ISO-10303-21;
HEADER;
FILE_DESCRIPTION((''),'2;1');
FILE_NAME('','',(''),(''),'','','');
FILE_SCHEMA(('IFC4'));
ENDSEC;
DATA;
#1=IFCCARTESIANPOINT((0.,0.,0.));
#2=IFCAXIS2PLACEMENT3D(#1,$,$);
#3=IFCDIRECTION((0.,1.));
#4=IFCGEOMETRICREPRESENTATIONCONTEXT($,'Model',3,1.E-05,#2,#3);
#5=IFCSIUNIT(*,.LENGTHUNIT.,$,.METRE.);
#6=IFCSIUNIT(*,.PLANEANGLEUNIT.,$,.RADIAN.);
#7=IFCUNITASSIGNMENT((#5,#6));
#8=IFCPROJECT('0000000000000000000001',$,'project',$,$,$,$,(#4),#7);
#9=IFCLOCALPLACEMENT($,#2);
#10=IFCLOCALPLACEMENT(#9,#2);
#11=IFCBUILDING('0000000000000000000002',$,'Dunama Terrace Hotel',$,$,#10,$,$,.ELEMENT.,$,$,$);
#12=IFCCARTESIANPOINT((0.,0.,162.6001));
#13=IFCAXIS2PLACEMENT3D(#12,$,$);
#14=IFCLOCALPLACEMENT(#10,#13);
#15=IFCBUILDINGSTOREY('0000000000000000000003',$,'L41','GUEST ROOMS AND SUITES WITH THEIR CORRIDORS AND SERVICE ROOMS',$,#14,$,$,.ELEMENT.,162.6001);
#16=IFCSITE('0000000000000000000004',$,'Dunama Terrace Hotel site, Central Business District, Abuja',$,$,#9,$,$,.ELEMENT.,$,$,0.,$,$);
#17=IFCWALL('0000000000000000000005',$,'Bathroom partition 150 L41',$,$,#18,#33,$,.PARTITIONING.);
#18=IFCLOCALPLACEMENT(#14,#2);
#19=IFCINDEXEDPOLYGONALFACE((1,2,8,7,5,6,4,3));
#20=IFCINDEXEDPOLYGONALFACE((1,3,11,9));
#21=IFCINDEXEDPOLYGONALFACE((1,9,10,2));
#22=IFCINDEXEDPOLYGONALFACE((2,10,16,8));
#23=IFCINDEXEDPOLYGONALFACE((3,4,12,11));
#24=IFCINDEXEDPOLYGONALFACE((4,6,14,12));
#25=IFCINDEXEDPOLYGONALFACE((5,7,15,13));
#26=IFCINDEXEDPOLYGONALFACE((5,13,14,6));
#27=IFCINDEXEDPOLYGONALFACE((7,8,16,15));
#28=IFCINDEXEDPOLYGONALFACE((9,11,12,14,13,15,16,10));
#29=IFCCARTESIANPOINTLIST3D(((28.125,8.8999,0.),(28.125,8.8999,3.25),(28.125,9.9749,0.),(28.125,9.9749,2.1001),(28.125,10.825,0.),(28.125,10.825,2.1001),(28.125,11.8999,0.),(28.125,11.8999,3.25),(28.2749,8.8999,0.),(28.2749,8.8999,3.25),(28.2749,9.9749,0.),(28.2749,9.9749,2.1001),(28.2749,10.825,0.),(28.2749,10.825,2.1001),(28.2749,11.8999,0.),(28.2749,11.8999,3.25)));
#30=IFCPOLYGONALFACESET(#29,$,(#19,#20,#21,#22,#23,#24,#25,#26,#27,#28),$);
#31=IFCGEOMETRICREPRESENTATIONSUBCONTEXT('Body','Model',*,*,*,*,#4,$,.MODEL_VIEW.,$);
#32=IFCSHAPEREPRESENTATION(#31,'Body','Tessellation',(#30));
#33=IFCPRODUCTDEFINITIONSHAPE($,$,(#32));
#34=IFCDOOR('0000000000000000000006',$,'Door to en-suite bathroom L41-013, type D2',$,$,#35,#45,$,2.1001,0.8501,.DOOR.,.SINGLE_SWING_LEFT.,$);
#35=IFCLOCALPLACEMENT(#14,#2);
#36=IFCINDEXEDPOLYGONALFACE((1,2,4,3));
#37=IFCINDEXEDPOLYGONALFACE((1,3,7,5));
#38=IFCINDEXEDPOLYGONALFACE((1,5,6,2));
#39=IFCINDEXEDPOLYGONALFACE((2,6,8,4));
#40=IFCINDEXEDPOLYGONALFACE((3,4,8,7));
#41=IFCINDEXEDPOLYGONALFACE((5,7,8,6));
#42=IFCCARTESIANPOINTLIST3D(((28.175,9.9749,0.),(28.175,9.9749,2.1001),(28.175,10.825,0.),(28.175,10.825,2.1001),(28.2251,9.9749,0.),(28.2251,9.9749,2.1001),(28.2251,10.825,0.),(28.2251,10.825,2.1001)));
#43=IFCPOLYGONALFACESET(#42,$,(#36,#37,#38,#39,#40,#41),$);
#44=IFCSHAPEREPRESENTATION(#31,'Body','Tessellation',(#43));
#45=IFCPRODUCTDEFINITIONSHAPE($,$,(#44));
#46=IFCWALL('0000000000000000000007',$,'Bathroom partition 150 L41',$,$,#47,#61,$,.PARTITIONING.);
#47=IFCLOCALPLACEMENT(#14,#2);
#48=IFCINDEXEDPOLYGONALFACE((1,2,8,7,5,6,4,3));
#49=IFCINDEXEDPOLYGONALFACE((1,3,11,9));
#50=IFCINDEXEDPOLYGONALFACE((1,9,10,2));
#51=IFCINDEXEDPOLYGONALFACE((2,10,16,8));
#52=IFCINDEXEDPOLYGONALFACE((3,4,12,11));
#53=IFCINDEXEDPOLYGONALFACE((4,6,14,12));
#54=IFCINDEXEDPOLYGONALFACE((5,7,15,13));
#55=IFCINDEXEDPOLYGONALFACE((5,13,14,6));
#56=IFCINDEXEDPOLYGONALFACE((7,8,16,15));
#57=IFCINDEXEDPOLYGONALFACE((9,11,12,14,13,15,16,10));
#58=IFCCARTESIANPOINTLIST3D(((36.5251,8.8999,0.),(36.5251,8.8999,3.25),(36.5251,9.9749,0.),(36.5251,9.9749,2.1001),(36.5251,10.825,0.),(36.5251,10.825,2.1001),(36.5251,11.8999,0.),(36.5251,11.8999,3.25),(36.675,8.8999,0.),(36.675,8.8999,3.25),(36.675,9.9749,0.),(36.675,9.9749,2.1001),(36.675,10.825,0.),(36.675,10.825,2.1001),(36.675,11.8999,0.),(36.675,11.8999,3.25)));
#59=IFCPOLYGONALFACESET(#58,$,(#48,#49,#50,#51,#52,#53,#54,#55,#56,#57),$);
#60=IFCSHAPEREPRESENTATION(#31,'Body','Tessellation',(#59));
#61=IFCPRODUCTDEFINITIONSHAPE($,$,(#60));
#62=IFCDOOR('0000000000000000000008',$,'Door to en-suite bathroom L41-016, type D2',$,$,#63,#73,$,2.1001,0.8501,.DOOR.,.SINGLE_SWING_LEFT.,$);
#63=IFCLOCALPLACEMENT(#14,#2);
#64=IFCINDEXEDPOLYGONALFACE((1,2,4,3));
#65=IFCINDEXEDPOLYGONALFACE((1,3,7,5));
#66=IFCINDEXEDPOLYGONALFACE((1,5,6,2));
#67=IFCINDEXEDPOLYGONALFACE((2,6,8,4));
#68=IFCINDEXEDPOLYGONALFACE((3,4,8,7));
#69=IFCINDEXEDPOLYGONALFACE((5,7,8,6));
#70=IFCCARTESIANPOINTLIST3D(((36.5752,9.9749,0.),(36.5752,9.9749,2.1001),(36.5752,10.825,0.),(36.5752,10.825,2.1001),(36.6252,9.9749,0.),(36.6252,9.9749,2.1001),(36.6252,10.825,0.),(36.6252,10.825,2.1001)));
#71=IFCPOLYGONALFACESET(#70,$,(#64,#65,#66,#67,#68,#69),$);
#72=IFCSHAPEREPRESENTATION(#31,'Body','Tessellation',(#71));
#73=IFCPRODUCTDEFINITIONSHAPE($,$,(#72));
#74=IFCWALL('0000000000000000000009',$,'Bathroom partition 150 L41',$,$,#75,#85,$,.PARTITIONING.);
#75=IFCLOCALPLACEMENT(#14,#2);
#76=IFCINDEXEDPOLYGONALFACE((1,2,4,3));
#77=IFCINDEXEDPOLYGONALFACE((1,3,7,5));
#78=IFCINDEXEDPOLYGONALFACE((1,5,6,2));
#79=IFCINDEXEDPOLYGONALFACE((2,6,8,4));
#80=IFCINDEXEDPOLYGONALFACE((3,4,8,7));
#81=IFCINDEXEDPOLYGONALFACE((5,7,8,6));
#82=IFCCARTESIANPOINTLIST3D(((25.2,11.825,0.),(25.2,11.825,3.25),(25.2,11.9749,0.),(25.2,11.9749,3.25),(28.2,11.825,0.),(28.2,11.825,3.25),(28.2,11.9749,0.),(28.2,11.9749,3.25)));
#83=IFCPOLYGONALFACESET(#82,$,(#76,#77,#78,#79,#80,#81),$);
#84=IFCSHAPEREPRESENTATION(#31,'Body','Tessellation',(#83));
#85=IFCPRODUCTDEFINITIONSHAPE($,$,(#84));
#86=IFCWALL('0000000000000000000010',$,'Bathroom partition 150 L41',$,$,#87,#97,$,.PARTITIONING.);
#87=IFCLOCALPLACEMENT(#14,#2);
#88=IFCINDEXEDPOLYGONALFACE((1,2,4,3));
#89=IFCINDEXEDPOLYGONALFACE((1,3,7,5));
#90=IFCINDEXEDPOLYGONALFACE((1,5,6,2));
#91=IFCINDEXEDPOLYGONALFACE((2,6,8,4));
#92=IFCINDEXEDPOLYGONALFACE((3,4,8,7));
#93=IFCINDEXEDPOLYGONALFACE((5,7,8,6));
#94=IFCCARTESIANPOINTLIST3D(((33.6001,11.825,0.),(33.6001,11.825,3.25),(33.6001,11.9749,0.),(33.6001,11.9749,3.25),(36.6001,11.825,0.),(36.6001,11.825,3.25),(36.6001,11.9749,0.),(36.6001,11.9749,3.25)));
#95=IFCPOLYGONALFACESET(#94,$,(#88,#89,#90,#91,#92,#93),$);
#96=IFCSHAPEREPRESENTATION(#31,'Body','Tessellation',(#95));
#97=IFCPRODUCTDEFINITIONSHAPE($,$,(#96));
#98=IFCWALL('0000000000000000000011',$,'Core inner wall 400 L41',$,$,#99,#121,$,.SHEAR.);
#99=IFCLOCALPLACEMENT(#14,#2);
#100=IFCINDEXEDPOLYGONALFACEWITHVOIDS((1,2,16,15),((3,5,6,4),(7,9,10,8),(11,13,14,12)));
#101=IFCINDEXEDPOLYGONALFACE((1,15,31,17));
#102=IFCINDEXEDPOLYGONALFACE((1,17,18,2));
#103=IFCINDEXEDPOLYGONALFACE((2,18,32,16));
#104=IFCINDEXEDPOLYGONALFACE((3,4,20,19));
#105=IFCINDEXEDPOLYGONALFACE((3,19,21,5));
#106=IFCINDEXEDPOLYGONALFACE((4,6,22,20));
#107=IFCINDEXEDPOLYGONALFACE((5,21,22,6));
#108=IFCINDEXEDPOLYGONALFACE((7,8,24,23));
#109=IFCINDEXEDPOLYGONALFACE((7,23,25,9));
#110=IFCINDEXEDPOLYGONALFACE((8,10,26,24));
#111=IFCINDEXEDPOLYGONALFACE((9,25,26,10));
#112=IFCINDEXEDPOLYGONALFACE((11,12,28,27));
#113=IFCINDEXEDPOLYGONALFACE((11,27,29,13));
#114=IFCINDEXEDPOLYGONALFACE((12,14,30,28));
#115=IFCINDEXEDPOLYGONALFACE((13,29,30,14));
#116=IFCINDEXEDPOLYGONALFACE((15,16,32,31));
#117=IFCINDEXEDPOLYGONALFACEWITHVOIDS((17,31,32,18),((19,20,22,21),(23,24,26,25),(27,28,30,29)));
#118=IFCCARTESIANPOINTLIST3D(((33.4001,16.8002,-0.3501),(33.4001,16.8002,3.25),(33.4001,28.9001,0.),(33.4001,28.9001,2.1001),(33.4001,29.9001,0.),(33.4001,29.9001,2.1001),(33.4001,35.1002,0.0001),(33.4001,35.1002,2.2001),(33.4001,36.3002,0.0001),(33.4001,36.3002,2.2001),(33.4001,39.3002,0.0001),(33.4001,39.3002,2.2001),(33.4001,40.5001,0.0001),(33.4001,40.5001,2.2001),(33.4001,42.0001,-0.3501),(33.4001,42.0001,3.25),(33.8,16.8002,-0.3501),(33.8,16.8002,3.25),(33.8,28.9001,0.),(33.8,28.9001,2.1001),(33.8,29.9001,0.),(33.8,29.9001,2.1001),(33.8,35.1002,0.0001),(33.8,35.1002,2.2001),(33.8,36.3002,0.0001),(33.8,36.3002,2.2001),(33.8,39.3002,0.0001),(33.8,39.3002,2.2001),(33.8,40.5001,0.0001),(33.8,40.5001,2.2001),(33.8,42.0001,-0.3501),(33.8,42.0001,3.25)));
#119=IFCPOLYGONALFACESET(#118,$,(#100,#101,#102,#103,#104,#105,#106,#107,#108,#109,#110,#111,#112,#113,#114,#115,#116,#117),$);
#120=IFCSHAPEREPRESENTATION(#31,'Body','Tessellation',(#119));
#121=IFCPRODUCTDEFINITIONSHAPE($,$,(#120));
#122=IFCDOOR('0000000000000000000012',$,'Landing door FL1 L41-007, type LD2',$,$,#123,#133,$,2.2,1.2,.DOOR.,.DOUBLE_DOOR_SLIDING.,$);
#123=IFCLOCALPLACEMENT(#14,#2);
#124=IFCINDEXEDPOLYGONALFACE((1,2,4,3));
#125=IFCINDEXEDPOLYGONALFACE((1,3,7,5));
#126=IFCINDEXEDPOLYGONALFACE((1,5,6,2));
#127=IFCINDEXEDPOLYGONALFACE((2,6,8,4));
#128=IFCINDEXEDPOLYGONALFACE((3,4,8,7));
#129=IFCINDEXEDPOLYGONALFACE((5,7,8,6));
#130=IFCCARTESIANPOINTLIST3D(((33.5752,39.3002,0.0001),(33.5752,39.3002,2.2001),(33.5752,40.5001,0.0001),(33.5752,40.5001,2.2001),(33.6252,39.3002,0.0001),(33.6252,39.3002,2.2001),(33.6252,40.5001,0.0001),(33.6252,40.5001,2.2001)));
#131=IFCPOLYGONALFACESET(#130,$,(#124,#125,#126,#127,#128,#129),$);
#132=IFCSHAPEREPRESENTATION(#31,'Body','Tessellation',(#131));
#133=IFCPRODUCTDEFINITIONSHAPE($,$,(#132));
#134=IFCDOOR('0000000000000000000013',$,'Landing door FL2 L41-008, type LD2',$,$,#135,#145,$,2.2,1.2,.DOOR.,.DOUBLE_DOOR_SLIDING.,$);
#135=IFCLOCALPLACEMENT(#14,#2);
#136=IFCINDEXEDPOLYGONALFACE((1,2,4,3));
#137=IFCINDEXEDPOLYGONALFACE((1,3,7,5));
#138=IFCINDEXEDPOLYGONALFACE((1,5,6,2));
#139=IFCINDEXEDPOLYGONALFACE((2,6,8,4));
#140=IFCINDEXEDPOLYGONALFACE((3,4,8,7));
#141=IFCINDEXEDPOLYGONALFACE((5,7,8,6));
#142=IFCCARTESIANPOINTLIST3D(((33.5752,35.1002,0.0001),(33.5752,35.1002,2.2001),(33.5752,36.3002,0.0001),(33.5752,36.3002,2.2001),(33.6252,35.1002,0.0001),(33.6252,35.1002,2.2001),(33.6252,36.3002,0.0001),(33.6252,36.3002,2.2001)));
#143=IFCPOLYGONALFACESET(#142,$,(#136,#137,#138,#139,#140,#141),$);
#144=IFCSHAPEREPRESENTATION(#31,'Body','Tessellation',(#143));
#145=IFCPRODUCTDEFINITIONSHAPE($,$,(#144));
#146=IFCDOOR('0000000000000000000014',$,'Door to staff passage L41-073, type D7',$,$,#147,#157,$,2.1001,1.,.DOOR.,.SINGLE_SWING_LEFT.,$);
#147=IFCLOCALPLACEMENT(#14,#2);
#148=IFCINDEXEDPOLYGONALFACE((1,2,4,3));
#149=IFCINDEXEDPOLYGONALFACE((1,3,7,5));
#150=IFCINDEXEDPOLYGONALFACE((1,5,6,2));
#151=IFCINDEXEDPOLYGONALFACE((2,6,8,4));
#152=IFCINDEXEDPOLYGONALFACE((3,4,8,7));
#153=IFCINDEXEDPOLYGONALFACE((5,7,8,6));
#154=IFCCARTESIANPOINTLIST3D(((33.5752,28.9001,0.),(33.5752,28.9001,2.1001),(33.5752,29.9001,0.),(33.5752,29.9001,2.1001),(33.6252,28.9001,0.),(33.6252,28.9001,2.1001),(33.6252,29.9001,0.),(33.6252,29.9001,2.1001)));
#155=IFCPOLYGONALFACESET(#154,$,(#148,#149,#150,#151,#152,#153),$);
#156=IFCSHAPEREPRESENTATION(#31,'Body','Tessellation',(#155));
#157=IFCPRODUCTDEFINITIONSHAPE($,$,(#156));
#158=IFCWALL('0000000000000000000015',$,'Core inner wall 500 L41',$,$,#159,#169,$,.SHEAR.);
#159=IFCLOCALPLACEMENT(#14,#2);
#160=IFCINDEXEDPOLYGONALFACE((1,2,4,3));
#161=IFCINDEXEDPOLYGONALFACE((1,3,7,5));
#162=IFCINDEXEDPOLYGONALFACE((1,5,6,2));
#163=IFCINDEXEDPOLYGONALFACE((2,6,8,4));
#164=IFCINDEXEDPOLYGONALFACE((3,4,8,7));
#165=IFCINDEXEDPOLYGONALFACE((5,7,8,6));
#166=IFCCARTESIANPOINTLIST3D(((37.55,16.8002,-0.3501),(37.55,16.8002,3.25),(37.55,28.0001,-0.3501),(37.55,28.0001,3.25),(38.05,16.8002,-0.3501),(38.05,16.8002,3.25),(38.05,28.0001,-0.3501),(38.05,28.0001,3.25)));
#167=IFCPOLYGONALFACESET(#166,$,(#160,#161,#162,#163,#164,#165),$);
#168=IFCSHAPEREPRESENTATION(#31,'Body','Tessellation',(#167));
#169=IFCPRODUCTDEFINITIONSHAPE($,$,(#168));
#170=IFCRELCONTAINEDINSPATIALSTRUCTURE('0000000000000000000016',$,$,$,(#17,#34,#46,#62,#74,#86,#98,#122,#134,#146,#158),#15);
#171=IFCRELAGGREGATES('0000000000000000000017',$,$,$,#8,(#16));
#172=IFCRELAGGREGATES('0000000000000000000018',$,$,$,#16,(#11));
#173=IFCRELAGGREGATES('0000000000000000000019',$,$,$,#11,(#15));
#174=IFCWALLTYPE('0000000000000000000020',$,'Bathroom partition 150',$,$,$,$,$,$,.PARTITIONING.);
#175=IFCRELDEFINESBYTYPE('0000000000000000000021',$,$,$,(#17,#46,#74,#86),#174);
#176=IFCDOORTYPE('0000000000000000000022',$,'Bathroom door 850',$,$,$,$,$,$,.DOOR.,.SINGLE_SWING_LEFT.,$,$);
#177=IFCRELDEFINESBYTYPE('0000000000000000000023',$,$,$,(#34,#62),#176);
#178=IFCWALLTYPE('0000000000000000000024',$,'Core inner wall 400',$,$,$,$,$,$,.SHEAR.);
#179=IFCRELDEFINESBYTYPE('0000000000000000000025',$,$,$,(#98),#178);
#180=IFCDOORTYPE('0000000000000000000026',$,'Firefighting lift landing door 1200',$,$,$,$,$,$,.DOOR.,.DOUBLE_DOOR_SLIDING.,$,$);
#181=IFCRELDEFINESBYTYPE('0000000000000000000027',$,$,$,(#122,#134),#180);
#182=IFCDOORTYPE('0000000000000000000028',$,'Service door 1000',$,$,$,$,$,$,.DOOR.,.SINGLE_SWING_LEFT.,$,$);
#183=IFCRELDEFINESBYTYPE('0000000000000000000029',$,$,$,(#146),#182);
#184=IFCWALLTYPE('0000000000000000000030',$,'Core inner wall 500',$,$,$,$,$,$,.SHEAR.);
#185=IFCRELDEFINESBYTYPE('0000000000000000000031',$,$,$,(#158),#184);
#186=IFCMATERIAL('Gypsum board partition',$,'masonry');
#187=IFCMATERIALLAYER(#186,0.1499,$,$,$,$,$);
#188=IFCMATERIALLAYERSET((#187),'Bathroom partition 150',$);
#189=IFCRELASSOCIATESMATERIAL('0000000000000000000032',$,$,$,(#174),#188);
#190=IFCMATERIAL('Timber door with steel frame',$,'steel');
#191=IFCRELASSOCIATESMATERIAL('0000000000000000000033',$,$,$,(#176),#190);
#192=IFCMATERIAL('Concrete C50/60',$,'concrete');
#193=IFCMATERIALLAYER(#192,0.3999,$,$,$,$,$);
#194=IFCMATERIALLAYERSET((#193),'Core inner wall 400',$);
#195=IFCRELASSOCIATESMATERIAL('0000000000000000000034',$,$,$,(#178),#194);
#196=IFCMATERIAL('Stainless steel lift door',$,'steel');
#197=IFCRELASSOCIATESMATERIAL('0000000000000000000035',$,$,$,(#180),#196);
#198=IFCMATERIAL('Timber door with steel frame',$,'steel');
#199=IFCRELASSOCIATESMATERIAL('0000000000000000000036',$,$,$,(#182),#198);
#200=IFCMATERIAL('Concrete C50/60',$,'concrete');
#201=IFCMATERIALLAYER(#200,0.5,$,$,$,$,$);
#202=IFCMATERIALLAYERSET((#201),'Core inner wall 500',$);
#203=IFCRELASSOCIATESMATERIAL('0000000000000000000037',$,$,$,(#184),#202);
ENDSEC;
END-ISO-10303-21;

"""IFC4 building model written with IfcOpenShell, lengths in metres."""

from ifc_helpers import new_model, si_unit, direction, frame, frame_2d, origin, place, context, subcontext, project, spatial, rectangle, extrude, material, layer, layer_set, type_object, element, fill, save


model = new_model("IFC4")

# Units and contexts
model_context = context("Model", 3, precision=1e-05, world=origin(), true_north=direction((0.0, 1.0)))
body_context = subcontext(model_context, "Body", "Model", "MODEL_VIEW")
ifc_project = project(units=[si_unit("LENGTHUNIT", "METRE"), si_unit("PLANEANGLEUNIT", "RADIAN")], contexts=[model_context])

# Site, building, storey
site_placement = place(None, origin())
site = spatial("IfcSite", under=ifc_project, at=site_placement, Name="Dunama Terrace Hotel site, Central Business District, Abuja", CompositionType="ELEMENT", RefElevation=0.0)
building_placement = place(site_placement, origin())
building = spatial("IfcBuilding", under=site, at=building_placement, Name="Dunama Terrace Hotel", CompositionType="ELEMENT")
storey_placement = place(building_placement, frame((0.0, 0.0, 162.6001)))
storey = spatial("IfcBuildingStorey", under=building, at=storey_placement, Name="L41", Description="GUEST ROOMS AND SUITES WITH THEIR CORRIDORS AND SERVICE ROOMS", CompositionType="ELEMENT", Elevation=162.6001)

# Walls, openings, doors
ifc_material_1 = material(Name="Gypsum board partition", Category="masonry")
ifc_layer_1 = layer(ifc_material_1, 0.1499)
ifc_layer_set_1 = layer_set([ifc_layer_1], Name="Bathroom partition 150")
wall_type_1 = type_object("IfcWallType", Name="Bathroom partition 150", PredefinedType="PARTITIONING", material=ifc_layer_set_1)
wall_1_placement = place(storey_placement, frame((28.2, 8.8999, 0.0), z_axis=(0.0, 0.0, 1.0), x_axis=(0.0, 1.0, 0.0)))
wall_1 = element("IfcWall", 1, at=wall_1_placement, inside=storey, type_object=wall_type_1, Name="Bathroom partition 150 L41", PredefinedType="PARTITIONING", context=body_context, shape_type="SweptSolid", body=[
    extrude(rectangle(XDim=3.0, YDim=0.1499, at=frame_2d((1.5, 0.0))), origin(), (0.0, 0.0, 1.0), 3.25),
])
opening_1_placement = place(wall_1_placement, frame((1.075, 0.0, 0.0)))
opening_1 = element("IfcOpeningElement", 2, at=opening_1_placement, cuts=wall_1, PredefinedType="OPENING", context=body_context, shape_type="SweptSolid", body=[
    extrude(rectangle(XDim=0.8501, YDim=2.1001, at=frame_2d((0.425, 1.05))), frame((0.0, 0.085, 0.0), z_axis=(0.0, -1.0, 0.0), x_axis=(1.0, 0.0, 0.0)), (0.0, 0.0, 1.0), 0.1699),
])
ifc_material_2 = material(Name="Timber door with steel frame", Category="steel")
door_type_1 = type_object("IfcDoorType", Name="Bathroom door 850", OperationType="SINGLE_SWING_LEFT", PredefinedType="DOOR", material=ifc_material_2)
door_1_placement = place(opening_1_placement, origin())
door_1 = element("IfcDoor", 3, at=door_1_placement, inside=storey, type_object=door_type_1, Name="Door to en-suite bathroom L41-013, type D2", OperationType="SINGLE_SWING_LEFT", OverallHeight=2.1001, OverallWidth=0.8501, PredefinedType="DOOR", context=body_context, shape_type="SweptSolid", body=[
    extrude(rectangle(XDim=0.8501, YDim=2.1001, at=frame_2d((0.425, 1.05))), frame((0.0, 0.0249, 0.0), z_axis=(0.0, -1.0, 0.0), x_axis=(1.0, 0.0, 0.0)), (0.0, 0.0, 1.0), 0.05),
])
fill(opening_1, door_1)
wall_2_placement = place(storey_placement, frame((36.6001, 8.8999, 0.0), z_axis=(0.0, 0.0, 1.0), x_axis=(0.0, 1.0, 0.0)))
wall_2 = element("IfcWall", 4, at=wall_2_placement, inside=storey, type_object=wall_type_1, Name="Bathroom partition 150 L41", PredefinedType="PARTITIONING", context=body_context, shape_type="SweptSolid", body=[
    extrude(rectangle(XDim=3.0, YDim=0.1499, at=frame_2d((1.5, 0.0))), origin(), (0.0, 0.0, 1.0), 3.25),
])
opening_2_placement = place(wall_2_placement, frame((1.075, 0.0, 0.0)))
opening_2 = element("IfcOpeningElement", 5, at=opening_2_placement, cuts=wall_2, PredefinedType="OPENING", context=body_context, shape_type="SweptSolid", body=[
    extrude(rectangle(XDim=0.8501, YDim=2.1001, at=frame_2d((0.425, 1.05))), frame((0.0, 0.085, 0.0), z_axis=(0.0, -1.0, 0.0), x_axis=(1.0, 0.0, 0.0)), (0.0, 0.0, 1.0), 0.1699),
])
door_2_placement = place(opening_2_placement, origin())
door_2 = element("IfcDoor", 6, at=door_2_placement, inside=storey, type_object=door_type_1, Name="Door to en-suite bathroom L41-016, type D2", OperationType="SINGLE_SWING_LEFT", OverallHeight=2.1001, OverallWidth=0.8501, PredefinedType="DOOR", context=body_context, shape_type="SweptSolid", body=[
    extrude(rectangle(XDim=0.8501, YDim=2.1001, at=frame_2d((0.425, 1.05))), frame((0.0, 0.0249, 0.0), z_axis=(0.0, -1.0, 0.0), x_axis=(1.0, 0.0, 0.0)), (0.0, 0.0, 1.0), 0.05),
])
fill(opening_2, door_2)

# Walls
for number, where, z_axis, x_axis, name in (
    (7, (25.2, 11.8999, 0.0), (0.0, 0.0, 1.0), (1.0, 0.0, 0.0), "Bathroom partition 150 L41"),
    (8, (33.6001, 11.8999, 0.0), (0.0, 0.0, 1.0), (1.0, 0.0, 0.0), "Bathroom partition 150 L41"),
):
    element("IfcWall", number, at=place(storey_placement, frame(where, z_axis=z_axis, x_axis=x_axis)), inside=storey, type_object=wall_type_1, Name=name, PredefinedType="PARTITIONING", context=body_context, shape_type="SweptSolid", body=[
        extrude(rectangle(XDim=3.0, YDim=0.1499, at=frame_2d((1.5, 0.0))), origin(), (0.0, 0.0, 1.0), 3.25),
    ])

# Wall, openings, doors
ifc_material_3 = material(Name="Concrete C50/60", Category="concrete")
ifc_layer_2 = layer(ifc_material_3, 0.3999)
ifc_layer_set_2 = layer_set([ifc_layer_2], Name="Core inner wall 400")
wall_type_2 = type_object("IfcWallType", Name="Core inner wall 400", PredefinedType="SHEAR", material=ifc_layer_set_2)
wall_3_placement = place(storey_placement, frame((33.6001, 16.8, -0.3501), z_axis=(0.0, 0.0, 1.0), x_axis=(0.0, 1.0, 0.0)))
wall_3 = element("IfcWall", 9, at=wall_3_placement, inside=storey, type_object=wall_type_2, Name="Core inner wall 400 L41", PredefinedType="SHEAR", context=body_context, shape_type="SweptSolid", body=[
    extrude(rectangle(XDim=25.2, YDim=0.3999, at=frame_2d((12.6001, 0.0))), origin(), (0.0, 0.0, 1.0), 3.6001),
])
opening_3_placement = place(wall_3_placement, frame((22.5, 0.0, 0.3501)))
opening_3 = element("IfcOpeningElement", 10, at=opening_3_placement, cuts=wall_3, PredefinedType="OPENING", context=body_context, shape_type="SweptSolid", body=[
    extrude(rectangle(XDim=1.2, YDim=2.2, at=frame_2d((0.6001, 1.1001))), frame((0.0, 0.21, 0.0), z_axis=(0.0, -1.0, 0.0), x_axis=(1.0, 0.0, 0.0)), (0.0, 0.0, 1.0), 0.4199),
])
opening_4_placement = place(wall_3_placement, frame((18.3, 0.0, 0.3501)))
opening_4 = element("IfcOpeningElement", 11, at=opening_4_placement, cuts=wall_3, PredefinedType="OPENING", context=body_context, shape_type="SweptSolid", body=[
    extrude(rectangle(XDim=1.2, YDim=2.2, at=frame_2d((0.6001, 1.1001))), frame((0.0, 0.21, 0.0), z_axis=(0.0, -1.0, 0.0), x_axis=(1.0, 0.0, 0.0)), (0.0, 0.0, 1.0), 0.4199),
])
opening_5_placement = place(wall_3_placement, frame((12.1001, 0.0, 0.3501)))
opening_5 = element("IfcOpeningElement", 12, at=opening_5_placement, cuts=wall_3, PredefinedType="OPENING", context=body_context, shape_type="SweptSolid", body=[
    extrude(rectangle(XDim=1.0, YDim=2.1001, at=frame_2d((0.5, 1.05))), frame((0.0, 0.21, 0.0), z_axis=(0.0, -1.0, 0.0), x_axis=(1.0, 0.0, 0.0)), (0.0, 0.0, 1.0), 0.4199),
])
ifc_material_4 = material(Name="Stainless steel lift door", Category="steel")
door_type_2 = type_object("IfcDoorType", Name="Firefighting lift landing door 1200", OperationType="DOUBLE_DOOR_SLIDING", PredefinedType="DOOR", material=ifc_material_4)
door_3_placement = place(opening_3_placement, origin())
door_3 = element("IfcDoor", 13, at=door_3_placement, inside=storey, type_object=door_type_2, Name="Landing door FL1 L41-007, type LD2", OperationType="DOUBLE_DOOR_SLIDING", OverallHeight=2.2, OverallWidth=1.2, PredefinedType="DOOR", context=body_context, shape_type="SweptSolid", body=[
    extrude(rectangle(XDim=1.2, YDim=2.2, at=frame_2d((0.6001, 1.1001))), frame((0.0, 0.0249, 0.0), z_axis=(0.0, -1.0, 0.0), x_axis=(1.0, 0.0, 0.0)), (0.0, 0.0, 1.0), 0.05),
])
fill(opening_3, door_3)
door_4_placement = place(opening_4_placement, origin())
door_4 = element("IfcDoor", 14, at=door_4_placement, inside=storey, type_object=door_type_2, Name="Landing door FL2 L41-008, type LD2", OperationType="DOUBLE_DOOR_SLIDING", OverallHeight=2.2, OverallWidth=1.2, PredefinedType="DOOR", context=body_context, shape_type="SweptSolid", body=[
    extrude(rectangle(XDim=1.2, YDim=2.2, at=frame_2d((0.6001, 1.1001))), frame((0.0, 0.0249, 0.0), z_axis=(0.0, -1.0, 0.0), x_axis=(1.0, 0.0, 0.0)), (0.0, 0.0, 1.0), 0.05),
])
fill(opening_4, door_4)
ifc_material_5 = material(Name="Timber door with steel frame", Category="steel")
door_type_3 = type_object("IfcDoorType", Name="Service door 1000", OperationType="SINGLE_SWING_LEFT", PredefinedType="DOOR", material=ifc_material_5)
door_5_placement = place(opening_5_placement, origin())
door_5 = element("IfcDoor", 15, at=door_5_placement, inside=storey, type_object=door_type_3, Name="Door to staff passage L41-073, type D7", OperationType="SINGLE_SWING_LEFT", OverallHeight=2.1001, OverallWidth=1.0, PredefinedType="DOOR", context=body_context, shape_type="SweptSolid", body=[
    extrude(rectangle(XDim=1.0, YDim=2.1001, at=frame_2d((0.5, 1.05))), frame((0.0, 0.0249, 0.0), z_axis=(0.0, -1.0, 0.0), x_axis=(1.0, 0.0, 0.0)), (0.0, 0.0, 1.0), 0.05),
])
fill(opening_5, door_5)

# Wall
ifc_material_6 = material(Name="Concrete C50/60", Category="concrete")
ifc_layer_3 = layer(ifc_material_6, 0.5)
ifc_layer_set_3 = layer_set([ifc_layer_3], Name="Core inner wall 500")
wall_type_3 = type_object("IfcWallType", Name="Core inner wall 500", PredefinedType="SHEAR", material=ifc_layer_set_3)
wall_4_placement = place(storey_placement, frame((37.8, 16.8, -0.3501), z_axis=(0.0, 0.0, 1.0), x_axis=(0.0, 1.0, 0.0)))
element("IfcWall", 16, at=wall_4_placement, inside=storey, type_object=wall_type_3, Name="Core inner wall 500 L41", PredefinedType="SHEAR", context=body_context, shape_type="SweptSolid", body=[
    extrude(rectangle(XDim=11.2, YDim=0.5, at=frame_2d((5.6001, 0.0))), origin(), (0.0, 0.0, 1.0), 3.6001),
])

save(model, "model.ifc")
